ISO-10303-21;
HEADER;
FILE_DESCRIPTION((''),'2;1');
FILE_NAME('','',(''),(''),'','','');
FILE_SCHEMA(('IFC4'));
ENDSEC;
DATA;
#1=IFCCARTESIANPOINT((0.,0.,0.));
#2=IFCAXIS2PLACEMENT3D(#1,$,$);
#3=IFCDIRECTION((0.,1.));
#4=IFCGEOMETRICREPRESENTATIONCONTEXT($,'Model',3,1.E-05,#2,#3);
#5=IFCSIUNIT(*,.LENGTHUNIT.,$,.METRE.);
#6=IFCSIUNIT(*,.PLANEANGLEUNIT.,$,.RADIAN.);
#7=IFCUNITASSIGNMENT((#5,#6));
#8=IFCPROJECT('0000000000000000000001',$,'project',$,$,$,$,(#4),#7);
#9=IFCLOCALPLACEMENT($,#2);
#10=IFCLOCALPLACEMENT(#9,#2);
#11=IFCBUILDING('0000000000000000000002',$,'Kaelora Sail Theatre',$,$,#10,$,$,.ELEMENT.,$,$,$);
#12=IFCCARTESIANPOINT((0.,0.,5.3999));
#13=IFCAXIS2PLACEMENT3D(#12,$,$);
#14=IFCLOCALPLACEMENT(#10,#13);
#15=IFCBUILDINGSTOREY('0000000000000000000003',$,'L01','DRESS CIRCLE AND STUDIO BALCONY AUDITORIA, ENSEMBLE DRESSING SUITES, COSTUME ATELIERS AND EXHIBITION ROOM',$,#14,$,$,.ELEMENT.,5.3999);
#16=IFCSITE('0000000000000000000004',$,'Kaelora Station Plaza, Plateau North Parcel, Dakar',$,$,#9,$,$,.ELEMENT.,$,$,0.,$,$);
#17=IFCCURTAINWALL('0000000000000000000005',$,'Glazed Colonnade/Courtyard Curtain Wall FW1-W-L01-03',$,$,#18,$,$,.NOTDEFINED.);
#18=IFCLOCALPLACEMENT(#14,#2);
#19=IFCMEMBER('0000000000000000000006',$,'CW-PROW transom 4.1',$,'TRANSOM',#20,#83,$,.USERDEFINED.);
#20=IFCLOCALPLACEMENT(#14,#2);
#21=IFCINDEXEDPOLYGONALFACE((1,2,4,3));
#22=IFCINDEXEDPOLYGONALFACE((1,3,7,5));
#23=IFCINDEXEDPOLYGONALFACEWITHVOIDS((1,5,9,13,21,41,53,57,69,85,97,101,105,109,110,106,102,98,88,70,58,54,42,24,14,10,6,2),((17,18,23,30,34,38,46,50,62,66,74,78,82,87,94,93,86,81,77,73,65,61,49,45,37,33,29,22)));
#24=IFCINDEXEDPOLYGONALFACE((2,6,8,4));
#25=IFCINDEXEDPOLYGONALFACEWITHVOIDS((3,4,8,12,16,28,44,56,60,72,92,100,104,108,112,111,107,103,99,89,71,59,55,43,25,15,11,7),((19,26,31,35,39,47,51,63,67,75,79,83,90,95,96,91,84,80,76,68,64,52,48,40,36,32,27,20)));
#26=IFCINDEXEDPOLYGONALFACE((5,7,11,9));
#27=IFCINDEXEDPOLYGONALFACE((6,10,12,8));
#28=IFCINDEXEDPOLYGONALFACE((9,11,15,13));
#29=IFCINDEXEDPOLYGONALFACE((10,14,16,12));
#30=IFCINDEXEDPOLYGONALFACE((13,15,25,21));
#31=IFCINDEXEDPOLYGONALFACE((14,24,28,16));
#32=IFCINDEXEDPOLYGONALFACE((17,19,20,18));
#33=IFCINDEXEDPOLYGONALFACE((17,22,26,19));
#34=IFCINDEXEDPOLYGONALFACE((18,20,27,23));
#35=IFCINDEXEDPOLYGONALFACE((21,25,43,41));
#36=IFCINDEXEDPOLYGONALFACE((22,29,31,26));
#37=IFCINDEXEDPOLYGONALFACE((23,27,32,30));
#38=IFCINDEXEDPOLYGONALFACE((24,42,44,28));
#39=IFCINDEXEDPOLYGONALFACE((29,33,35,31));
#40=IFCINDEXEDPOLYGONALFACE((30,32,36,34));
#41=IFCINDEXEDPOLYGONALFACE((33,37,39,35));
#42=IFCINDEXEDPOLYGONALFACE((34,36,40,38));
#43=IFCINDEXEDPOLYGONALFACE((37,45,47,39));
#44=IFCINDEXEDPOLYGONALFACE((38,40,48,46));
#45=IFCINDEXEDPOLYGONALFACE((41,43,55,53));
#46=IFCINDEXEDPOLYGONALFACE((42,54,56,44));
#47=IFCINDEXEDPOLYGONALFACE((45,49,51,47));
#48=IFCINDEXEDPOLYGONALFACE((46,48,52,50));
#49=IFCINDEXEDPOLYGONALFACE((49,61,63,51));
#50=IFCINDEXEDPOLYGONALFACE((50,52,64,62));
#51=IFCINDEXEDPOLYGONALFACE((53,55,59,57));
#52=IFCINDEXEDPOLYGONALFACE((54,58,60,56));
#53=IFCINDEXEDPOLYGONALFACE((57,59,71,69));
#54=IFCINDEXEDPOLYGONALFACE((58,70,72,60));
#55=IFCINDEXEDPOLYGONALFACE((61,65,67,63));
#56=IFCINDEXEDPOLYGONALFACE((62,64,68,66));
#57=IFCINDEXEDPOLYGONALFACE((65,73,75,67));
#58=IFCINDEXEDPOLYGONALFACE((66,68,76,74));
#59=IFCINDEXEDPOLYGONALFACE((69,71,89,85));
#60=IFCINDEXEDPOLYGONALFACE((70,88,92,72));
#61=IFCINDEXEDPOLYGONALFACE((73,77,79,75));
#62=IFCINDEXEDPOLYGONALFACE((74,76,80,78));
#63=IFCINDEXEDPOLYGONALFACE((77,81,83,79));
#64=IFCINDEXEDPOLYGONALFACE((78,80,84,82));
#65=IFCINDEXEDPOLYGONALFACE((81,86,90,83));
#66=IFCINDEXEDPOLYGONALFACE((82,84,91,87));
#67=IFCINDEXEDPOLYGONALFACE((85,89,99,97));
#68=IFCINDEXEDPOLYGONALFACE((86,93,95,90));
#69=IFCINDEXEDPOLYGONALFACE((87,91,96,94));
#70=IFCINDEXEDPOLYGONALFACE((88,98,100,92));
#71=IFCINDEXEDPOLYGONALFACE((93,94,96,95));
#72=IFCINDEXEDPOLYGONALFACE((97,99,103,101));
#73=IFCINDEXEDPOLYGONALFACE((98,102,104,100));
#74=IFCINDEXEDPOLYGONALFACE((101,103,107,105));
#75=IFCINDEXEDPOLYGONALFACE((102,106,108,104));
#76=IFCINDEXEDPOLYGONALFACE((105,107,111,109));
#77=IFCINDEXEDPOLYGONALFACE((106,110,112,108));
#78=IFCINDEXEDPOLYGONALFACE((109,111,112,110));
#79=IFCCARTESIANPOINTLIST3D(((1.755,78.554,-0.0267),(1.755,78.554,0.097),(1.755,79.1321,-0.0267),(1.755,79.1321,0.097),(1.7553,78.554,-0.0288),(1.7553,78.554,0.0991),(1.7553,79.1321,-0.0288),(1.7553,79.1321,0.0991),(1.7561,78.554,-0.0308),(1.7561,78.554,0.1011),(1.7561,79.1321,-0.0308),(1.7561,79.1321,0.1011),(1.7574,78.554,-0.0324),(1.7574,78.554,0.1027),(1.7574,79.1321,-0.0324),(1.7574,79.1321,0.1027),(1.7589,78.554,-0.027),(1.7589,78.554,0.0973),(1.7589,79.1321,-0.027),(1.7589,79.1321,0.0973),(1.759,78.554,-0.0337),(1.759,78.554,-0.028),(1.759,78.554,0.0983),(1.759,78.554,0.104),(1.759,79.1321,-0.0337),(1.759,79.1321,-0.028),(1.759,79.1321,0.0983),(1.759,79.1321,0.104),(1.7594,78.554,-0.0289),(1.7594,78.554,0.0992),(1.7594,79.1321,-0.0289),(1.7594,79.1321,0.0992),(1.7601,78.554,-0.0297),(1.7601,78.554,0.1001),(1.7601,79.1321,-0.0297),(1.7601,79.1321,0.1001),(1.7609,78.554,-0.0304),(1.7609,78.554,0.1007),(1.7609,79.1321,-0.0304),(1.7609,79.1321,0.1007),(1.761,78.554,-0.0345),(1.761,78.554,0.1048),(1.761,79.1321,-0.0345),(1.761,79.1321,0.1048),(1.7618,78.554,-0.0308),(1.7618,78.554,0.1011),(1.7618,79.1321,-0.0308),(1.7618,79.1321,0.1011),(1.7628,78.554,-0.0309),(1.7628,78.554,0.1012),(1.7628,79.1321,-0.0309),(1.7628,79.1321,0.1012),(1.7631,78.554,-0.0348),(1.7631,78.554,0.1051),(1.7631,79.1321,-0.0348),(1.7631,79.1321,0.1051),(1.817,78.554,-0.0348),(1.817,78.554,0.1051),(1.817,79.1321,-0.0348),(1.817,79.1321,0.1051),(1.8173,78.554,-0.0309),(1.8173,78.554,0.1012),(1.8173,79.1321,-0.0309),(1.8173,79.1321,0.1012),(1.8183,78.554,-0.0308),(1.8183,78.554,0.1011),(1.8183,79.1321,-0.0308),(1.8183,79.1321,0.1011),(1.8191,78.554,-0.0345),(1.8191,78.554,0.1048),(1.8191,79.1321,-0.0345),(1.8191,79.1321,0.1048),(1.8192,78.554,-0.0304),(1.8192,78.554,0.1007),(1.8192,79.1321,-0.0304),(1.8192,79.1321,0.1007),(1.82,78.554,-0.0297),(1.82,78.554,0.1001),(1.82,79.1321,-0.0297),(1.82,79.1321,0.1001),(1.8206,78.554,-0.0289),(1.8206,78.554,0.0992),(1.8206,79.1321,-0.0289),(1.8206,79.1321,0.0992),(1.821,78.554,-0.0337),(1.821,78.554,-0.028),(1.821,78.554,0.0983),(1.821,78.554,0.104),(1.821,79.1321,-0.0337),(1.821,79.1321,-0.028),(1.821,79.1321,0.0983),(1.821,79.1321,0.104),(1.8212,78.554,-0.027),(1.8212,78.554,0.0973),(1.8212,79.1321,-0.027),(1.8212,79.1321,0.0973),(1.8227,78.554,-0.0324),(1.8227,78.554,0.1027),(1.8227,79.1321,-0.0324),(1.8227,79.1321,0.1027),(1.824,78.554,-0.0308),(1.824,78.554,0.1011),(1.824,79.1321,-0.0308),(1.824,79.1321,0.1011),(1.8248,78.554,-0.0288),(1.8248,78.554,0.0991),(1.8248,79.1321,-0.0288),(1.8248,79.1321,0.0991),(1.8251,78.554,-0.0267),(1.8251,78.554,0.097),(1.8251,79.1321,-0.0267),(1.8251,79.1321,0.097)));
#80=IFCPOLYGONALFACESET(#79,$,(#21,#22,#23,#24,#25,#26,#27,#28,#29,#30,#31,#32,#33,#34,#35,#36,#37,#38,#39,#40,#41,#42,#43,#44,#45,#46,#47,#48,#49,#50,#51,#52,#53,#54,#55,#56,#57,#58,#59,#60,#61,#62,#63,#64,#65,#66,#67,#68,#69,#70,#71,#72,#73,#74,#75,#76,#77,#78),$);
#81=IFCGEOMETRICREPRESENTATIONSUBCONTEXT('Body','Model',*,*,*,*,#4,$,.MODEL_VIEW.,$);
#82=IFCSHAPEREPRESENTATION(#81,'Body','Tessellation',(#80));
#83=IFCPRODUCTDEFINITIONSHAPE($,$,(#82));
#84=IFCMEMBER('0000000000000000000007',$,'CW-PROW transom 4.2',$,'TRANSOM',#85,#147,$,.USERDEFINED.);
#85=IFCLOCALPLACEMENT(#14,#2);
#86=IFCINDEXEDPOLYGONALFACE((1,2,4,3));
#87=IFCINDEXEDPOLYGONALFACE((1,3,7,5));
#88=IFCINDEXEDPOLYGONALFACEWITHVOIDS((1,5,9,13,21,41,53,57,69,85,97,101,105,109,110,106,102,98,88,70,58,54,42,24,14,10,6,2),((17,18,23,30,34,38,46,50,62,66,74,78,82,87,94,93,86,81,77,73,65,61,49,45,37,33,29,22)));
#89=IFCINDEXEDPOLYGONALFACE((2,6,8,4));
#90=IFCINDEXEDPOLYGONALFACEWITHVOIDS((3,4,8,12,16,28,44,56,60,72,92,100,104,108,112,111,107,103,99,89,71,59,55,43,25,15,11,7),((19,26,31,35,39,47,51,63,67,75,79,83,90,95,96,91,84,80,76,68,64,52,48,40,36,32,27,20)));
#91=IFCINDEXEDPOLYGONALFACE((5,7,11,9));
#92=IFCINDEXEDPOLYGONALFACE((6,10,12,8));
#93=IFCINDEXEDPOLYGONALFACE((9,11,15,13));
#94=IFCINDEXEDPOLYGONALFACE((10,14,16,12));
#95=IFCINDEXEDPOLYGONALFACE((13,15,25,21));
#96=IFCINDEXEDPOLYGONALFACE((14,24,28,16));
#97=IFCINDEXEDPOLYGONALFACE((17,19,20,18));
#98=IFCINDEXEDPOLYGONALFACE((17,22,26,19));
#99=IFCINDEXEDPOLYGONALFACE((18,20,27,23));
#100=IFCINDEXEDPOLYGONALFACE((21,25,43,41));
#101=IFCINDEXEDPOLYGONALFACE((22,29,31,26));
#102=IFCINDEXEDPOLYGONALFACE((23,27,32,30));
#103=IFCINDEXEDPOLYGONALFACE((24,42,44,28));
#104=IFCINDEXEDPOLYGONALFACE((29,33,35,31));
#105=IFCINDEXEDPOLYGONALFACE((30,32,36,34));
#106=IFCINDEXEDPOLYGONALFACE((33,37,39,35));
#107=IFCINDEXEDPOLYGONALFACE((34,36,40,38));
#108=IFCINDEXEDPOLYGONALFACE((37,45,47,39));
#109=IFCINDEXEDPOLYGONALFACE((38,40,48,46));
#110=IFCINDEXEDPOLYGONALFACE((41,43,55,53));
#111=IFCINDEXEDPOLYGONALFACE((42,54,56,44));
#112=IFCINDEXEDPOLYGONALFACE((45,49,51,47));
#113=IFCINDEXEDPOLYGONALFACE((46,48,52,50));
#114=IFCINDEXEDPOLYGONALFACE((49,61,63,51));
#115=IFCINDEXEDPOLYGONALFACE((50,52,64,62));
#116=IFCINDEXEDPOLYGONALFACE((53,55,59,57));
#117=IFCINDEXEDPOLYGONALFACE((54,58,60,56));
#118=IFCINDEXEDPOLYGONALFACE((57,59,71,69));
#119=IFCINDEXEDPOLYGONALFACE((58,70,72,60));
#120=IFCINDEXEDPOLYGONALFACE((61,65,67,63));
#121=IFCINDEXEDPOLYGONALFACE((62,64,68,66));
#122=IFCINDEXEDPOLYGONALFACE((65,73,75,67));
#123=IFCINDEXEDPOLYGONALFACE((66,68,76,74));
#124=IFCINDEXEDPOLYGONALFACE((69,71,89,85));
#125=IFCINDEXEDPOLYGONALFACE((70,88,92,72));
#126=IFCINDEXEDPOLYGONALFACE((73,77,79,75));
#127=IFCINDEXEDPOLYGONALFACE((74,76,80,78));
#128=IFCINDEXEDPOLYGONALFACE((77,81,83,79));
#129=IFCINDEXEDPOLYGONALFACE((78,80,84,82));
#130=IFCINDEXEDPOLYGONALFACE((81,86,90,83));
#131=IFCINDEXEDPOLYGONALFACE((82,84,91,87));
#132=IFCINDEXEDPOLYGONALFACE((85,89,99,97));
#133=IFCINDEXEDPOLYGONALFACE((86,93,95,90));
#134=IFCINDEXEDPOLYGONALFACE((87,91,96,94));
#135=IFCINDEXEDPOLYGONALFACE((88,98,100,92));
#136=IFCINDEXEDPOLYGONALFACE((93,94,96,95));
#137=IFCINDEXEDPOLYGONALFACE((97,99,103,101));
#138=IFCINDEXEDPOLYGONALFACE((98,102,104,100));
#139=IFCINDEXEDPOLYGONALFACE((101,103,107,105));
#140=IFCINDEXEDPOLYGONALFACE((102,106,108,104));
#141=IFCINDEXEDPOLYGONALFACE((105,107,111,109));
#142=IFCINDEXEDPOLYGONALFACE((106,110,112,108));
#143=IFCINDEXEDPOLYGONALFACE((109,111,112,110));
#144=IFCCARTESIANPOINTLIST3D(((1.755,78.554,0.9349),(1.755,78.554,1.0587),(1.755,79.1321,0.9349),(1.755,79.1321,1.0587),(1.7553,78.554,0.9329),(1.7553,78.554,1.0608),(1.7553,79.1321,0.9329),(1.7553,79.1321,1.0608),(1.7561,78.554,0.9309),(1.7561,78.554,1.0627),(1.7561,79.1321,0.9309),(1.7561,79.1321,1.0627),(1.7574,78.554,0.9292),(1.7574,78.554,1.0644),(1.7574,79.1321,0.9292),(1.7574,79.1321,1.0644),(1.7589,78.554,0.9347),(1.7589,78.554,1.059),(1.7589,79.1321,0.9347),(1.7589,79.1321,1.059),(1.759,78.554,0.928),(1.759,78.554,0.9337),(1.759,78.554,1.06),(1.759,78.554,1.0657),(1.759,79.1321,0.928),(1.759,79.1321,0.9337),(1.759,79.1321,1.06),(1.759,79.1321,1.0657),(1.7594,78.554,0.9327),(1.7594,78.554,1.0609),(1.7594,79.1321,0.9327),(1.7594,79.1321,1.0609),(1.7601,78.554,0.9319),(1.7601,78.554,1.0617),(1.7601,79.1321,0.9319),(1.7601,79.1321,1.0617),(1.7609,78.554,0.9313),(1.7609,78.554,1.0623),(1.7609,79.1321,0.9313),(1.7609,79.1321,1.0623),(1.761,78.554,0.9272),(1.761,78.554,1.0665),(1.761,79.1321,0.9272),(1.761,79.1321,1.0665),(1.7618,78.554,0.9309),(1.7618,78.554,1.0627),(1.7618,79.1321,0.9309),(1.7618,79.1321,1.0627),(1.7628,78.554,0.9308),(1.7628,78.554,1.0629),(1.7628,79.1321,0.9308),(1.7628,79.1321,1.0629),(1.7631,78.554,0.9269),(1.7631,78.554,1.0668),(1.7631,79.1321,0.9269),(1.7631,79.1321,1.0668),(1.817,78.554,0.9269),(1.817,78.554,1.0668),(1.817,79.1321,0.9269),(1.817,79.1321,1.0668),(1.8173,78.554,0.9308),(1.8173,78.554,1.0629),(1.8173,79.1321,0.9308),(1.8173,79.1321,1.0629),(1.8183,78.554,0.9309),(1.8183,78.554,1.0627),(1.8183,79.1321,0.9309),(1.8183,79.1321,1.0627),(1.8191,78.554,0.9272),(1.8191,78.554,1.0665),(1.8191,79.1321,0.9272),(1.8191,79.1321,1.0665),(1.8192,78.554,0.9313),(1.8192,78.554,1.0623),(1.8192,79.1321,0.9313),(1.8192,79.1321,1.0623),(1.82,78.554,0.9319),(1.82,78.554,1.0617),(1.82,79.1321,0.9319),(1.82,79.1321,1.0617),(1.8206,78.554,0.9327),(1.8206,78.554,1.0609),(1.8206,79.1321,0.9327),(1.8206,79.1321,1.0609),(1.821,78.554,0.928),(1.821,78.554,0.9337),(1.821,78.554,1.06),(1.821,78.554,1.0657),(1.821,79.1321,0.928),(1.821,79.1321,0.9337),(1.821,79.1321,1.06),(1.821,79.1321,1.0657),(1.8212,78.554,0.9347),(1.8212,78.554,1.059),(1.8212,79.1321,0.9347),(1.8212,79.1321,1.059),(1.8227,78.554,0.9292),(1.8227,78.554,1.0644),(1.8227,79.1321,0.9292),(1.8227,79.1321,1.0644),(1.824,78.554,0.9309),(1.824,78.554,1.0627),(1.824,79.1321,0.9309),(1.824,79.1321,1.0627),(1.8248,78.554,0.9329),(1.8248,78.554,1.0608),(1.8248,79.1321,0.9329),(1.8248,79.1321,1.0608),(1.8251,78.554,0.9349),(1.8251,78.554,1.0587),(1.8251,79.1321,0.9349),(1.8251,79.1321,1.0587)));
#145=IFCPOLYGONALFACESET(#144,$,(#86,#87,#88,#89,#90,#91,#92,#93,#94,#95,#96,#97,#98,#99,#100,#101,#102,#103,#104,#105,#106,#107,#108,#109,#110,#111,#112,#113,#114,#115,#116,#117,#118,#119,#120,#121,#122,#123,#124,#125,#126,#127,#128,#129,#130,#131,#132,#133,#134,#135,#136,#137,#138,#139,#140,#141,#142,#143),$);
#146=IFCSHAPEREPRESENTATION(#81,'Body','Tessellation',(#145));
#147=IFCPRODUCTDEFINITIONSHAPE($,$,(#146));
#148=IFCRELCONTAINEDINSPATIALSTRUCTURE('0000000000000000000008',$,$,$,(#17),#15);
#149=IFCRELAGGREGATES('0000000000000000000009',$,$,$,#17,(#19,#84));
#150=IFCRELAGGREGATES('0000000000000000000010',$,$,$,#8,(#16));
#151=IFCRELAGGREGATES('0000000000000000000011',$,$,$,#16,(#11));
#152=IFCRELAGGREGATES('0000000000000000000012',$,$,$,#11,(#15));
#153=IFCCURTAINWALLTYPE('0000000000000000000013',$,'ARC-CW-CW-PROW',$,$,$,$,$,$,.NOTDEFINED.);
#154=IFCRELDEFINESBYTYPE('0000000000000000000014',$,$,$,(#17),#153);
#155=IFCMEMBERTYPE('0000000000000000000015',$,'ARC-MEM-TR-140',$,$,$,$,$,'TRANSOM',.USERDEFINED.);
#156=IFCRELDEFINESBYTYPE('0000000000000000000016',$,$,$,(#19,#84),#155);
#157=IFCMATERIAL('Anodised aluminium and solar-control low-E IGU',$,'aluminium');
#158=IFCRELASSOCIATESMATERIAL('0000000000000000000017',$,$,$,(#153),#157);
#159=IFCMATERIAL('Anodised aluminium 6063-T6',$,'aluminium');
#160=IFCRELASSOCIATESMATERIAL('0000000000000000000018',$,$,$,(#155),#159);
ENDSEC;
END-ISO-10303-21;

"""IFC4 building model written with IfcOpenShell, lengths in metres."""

from ifc_helpers import new_model, si_unit, direction, frame, origin, origin_2d, place, context, subcontext, project, spatial, hollow_rectangle, extrude, material, material_profile, profile_set, type_object, element, aggregate, save


model = new_model("IFC4")

# Units and contexts
model_context = context("Model", 3, precision=1e-05, world=origin(), true_north=direction((0.0, 1.0)))
body_context = subcontext(model_context, "Body", "Model", "MODEL_VIEW")
ifc_project = project(units=[si_unit("LENGTHUNIT", "METRE"), si_unit("PLANEANGLEUNIT", "RADIAN")], contexts=[model_context])

# Site, building, storey
site_placement = place(None, origin())
site = spatial("IfcSite", under=ifc_project, at=site_placement, Name="Kaelora Station Plaza, Plateau North Parcel, Dakar", CompositionType="ELEMENT", RefElevation=0.0)
building_placement = place(site_placement, origin())
building = spatial("IfcBuilding", under=site, at=building_placement, Name="Kaelora Sail Theatre", CompositionType="ELEMENT")
storey_placement = place(building_placement, frame((0.0, 0.0, 5.3999)))
storey = spatial("IfcBuildingStorey", under=building, at=storey_placement, Name="L01", Description="DRESS CIRCLE AND STUDIO BALCONY AUDITORIA, ENSEMBLE DRESSING SUITES, COSTUME ATELIERS AND EXHIBITION ROOM", CompositionType="ELEMENT", Elevation=5.3999)

# Curtain wall, members
ifc_material_1 = material(Name="Anodised aluminium and solar-control low-E IGU", Category="aluminium")
curtain_wall_type = type_object("IfcCurtainWallType", Name="ARC-CW-CW-PROW", PredefinedType="NOTDEFINED", material=ifc_material_1)
curtain_wall_placement = place(storey_placement, origin())
curtain_wall = element("IfcCurtainWall", 1, at=curtain_wall_placement, inside=storey, type_object=curtain_wall_type, Name="Glazed Colonnade/Courtyard Curtain Wall FW1-W-L01-03", PredefinedType="NOTDEFINED")
ifc_material_2 = material(Name="Anodised aluminium 6063-T6", Category="aluminium")
ifc_material_profile_1 = material_profile(ifc_material_2, hollow_rectangle(XDim=0.0701, YDim=0.1399, WallThickness=0.0039, InnerFilletRadius=0.0039, OuterFilletRadius=0.0081, at=origin_2d()), Name="ALU-TRAN 70x140x4")
ifc_profile_set_1 = profile_set([ifc_material_profile_1], Name="Anodised aluminium 6063-T6")
member_type_1 = type_object("IfcMemberType", Name="ARC-MEM-TR-140", ElementType="TRANSOM", PredefinedType="USERDEFINED", material=ifc_profile_set_1)
member_1_placement = place(storey_placement, frame((1.79, 78.554, 0.0352), z_axis=(0.0, 1.0, 0.0), x_axis=(-1.0, 0.0, 0.0)))
member_1 = element("IfcMember", 2, at=member_1_placement, type_object=member_type_1, Name="CW-PROW transom 4.1", ObjectType="TRANSOM", PredefinedType="USERDEFINED", context=body_context, shape_type="SweptSolid", body=[
    extrude(hollow_rectangle(XDim=0.0701, YDim=0.1399, WallThickness=0.0039, InnerFilletRadius=0.0039, OuterFilletRadius=0.0081, at=origin_2d()), origin(), (0.0, 0.0, 1.0), 0.5781),
])
member_2_placement = place(storey_placement, frame((1.79, 78.554, 0.9968), z_axis=(0.0, 1.0, 0.0), x_axis=(-1.0, 0.0, 0.0)))
member_2 = element("IfcMember", 3, at=member_2_placement, type_object=member_type_1, Name="CW-PROW transom 4.2", ObjectType="TRANSOM", PredefinedType="USERDEFINED", context=body_context, shape_type="SweptSolid", body=[
    extrude(hollow_rectangle(XDim=0.0701, YDim=0.1399, WallThickness=0.0039, InnerFilletRadius=0.0039, OuterFilletRadius=0.0081, at=origin_2d()), origin(), (0.0, 0.0, 1.0), 0.5781),
])
aggregate(curtain_wall, [member_1, member_2])

save(model, "model.ifc")
